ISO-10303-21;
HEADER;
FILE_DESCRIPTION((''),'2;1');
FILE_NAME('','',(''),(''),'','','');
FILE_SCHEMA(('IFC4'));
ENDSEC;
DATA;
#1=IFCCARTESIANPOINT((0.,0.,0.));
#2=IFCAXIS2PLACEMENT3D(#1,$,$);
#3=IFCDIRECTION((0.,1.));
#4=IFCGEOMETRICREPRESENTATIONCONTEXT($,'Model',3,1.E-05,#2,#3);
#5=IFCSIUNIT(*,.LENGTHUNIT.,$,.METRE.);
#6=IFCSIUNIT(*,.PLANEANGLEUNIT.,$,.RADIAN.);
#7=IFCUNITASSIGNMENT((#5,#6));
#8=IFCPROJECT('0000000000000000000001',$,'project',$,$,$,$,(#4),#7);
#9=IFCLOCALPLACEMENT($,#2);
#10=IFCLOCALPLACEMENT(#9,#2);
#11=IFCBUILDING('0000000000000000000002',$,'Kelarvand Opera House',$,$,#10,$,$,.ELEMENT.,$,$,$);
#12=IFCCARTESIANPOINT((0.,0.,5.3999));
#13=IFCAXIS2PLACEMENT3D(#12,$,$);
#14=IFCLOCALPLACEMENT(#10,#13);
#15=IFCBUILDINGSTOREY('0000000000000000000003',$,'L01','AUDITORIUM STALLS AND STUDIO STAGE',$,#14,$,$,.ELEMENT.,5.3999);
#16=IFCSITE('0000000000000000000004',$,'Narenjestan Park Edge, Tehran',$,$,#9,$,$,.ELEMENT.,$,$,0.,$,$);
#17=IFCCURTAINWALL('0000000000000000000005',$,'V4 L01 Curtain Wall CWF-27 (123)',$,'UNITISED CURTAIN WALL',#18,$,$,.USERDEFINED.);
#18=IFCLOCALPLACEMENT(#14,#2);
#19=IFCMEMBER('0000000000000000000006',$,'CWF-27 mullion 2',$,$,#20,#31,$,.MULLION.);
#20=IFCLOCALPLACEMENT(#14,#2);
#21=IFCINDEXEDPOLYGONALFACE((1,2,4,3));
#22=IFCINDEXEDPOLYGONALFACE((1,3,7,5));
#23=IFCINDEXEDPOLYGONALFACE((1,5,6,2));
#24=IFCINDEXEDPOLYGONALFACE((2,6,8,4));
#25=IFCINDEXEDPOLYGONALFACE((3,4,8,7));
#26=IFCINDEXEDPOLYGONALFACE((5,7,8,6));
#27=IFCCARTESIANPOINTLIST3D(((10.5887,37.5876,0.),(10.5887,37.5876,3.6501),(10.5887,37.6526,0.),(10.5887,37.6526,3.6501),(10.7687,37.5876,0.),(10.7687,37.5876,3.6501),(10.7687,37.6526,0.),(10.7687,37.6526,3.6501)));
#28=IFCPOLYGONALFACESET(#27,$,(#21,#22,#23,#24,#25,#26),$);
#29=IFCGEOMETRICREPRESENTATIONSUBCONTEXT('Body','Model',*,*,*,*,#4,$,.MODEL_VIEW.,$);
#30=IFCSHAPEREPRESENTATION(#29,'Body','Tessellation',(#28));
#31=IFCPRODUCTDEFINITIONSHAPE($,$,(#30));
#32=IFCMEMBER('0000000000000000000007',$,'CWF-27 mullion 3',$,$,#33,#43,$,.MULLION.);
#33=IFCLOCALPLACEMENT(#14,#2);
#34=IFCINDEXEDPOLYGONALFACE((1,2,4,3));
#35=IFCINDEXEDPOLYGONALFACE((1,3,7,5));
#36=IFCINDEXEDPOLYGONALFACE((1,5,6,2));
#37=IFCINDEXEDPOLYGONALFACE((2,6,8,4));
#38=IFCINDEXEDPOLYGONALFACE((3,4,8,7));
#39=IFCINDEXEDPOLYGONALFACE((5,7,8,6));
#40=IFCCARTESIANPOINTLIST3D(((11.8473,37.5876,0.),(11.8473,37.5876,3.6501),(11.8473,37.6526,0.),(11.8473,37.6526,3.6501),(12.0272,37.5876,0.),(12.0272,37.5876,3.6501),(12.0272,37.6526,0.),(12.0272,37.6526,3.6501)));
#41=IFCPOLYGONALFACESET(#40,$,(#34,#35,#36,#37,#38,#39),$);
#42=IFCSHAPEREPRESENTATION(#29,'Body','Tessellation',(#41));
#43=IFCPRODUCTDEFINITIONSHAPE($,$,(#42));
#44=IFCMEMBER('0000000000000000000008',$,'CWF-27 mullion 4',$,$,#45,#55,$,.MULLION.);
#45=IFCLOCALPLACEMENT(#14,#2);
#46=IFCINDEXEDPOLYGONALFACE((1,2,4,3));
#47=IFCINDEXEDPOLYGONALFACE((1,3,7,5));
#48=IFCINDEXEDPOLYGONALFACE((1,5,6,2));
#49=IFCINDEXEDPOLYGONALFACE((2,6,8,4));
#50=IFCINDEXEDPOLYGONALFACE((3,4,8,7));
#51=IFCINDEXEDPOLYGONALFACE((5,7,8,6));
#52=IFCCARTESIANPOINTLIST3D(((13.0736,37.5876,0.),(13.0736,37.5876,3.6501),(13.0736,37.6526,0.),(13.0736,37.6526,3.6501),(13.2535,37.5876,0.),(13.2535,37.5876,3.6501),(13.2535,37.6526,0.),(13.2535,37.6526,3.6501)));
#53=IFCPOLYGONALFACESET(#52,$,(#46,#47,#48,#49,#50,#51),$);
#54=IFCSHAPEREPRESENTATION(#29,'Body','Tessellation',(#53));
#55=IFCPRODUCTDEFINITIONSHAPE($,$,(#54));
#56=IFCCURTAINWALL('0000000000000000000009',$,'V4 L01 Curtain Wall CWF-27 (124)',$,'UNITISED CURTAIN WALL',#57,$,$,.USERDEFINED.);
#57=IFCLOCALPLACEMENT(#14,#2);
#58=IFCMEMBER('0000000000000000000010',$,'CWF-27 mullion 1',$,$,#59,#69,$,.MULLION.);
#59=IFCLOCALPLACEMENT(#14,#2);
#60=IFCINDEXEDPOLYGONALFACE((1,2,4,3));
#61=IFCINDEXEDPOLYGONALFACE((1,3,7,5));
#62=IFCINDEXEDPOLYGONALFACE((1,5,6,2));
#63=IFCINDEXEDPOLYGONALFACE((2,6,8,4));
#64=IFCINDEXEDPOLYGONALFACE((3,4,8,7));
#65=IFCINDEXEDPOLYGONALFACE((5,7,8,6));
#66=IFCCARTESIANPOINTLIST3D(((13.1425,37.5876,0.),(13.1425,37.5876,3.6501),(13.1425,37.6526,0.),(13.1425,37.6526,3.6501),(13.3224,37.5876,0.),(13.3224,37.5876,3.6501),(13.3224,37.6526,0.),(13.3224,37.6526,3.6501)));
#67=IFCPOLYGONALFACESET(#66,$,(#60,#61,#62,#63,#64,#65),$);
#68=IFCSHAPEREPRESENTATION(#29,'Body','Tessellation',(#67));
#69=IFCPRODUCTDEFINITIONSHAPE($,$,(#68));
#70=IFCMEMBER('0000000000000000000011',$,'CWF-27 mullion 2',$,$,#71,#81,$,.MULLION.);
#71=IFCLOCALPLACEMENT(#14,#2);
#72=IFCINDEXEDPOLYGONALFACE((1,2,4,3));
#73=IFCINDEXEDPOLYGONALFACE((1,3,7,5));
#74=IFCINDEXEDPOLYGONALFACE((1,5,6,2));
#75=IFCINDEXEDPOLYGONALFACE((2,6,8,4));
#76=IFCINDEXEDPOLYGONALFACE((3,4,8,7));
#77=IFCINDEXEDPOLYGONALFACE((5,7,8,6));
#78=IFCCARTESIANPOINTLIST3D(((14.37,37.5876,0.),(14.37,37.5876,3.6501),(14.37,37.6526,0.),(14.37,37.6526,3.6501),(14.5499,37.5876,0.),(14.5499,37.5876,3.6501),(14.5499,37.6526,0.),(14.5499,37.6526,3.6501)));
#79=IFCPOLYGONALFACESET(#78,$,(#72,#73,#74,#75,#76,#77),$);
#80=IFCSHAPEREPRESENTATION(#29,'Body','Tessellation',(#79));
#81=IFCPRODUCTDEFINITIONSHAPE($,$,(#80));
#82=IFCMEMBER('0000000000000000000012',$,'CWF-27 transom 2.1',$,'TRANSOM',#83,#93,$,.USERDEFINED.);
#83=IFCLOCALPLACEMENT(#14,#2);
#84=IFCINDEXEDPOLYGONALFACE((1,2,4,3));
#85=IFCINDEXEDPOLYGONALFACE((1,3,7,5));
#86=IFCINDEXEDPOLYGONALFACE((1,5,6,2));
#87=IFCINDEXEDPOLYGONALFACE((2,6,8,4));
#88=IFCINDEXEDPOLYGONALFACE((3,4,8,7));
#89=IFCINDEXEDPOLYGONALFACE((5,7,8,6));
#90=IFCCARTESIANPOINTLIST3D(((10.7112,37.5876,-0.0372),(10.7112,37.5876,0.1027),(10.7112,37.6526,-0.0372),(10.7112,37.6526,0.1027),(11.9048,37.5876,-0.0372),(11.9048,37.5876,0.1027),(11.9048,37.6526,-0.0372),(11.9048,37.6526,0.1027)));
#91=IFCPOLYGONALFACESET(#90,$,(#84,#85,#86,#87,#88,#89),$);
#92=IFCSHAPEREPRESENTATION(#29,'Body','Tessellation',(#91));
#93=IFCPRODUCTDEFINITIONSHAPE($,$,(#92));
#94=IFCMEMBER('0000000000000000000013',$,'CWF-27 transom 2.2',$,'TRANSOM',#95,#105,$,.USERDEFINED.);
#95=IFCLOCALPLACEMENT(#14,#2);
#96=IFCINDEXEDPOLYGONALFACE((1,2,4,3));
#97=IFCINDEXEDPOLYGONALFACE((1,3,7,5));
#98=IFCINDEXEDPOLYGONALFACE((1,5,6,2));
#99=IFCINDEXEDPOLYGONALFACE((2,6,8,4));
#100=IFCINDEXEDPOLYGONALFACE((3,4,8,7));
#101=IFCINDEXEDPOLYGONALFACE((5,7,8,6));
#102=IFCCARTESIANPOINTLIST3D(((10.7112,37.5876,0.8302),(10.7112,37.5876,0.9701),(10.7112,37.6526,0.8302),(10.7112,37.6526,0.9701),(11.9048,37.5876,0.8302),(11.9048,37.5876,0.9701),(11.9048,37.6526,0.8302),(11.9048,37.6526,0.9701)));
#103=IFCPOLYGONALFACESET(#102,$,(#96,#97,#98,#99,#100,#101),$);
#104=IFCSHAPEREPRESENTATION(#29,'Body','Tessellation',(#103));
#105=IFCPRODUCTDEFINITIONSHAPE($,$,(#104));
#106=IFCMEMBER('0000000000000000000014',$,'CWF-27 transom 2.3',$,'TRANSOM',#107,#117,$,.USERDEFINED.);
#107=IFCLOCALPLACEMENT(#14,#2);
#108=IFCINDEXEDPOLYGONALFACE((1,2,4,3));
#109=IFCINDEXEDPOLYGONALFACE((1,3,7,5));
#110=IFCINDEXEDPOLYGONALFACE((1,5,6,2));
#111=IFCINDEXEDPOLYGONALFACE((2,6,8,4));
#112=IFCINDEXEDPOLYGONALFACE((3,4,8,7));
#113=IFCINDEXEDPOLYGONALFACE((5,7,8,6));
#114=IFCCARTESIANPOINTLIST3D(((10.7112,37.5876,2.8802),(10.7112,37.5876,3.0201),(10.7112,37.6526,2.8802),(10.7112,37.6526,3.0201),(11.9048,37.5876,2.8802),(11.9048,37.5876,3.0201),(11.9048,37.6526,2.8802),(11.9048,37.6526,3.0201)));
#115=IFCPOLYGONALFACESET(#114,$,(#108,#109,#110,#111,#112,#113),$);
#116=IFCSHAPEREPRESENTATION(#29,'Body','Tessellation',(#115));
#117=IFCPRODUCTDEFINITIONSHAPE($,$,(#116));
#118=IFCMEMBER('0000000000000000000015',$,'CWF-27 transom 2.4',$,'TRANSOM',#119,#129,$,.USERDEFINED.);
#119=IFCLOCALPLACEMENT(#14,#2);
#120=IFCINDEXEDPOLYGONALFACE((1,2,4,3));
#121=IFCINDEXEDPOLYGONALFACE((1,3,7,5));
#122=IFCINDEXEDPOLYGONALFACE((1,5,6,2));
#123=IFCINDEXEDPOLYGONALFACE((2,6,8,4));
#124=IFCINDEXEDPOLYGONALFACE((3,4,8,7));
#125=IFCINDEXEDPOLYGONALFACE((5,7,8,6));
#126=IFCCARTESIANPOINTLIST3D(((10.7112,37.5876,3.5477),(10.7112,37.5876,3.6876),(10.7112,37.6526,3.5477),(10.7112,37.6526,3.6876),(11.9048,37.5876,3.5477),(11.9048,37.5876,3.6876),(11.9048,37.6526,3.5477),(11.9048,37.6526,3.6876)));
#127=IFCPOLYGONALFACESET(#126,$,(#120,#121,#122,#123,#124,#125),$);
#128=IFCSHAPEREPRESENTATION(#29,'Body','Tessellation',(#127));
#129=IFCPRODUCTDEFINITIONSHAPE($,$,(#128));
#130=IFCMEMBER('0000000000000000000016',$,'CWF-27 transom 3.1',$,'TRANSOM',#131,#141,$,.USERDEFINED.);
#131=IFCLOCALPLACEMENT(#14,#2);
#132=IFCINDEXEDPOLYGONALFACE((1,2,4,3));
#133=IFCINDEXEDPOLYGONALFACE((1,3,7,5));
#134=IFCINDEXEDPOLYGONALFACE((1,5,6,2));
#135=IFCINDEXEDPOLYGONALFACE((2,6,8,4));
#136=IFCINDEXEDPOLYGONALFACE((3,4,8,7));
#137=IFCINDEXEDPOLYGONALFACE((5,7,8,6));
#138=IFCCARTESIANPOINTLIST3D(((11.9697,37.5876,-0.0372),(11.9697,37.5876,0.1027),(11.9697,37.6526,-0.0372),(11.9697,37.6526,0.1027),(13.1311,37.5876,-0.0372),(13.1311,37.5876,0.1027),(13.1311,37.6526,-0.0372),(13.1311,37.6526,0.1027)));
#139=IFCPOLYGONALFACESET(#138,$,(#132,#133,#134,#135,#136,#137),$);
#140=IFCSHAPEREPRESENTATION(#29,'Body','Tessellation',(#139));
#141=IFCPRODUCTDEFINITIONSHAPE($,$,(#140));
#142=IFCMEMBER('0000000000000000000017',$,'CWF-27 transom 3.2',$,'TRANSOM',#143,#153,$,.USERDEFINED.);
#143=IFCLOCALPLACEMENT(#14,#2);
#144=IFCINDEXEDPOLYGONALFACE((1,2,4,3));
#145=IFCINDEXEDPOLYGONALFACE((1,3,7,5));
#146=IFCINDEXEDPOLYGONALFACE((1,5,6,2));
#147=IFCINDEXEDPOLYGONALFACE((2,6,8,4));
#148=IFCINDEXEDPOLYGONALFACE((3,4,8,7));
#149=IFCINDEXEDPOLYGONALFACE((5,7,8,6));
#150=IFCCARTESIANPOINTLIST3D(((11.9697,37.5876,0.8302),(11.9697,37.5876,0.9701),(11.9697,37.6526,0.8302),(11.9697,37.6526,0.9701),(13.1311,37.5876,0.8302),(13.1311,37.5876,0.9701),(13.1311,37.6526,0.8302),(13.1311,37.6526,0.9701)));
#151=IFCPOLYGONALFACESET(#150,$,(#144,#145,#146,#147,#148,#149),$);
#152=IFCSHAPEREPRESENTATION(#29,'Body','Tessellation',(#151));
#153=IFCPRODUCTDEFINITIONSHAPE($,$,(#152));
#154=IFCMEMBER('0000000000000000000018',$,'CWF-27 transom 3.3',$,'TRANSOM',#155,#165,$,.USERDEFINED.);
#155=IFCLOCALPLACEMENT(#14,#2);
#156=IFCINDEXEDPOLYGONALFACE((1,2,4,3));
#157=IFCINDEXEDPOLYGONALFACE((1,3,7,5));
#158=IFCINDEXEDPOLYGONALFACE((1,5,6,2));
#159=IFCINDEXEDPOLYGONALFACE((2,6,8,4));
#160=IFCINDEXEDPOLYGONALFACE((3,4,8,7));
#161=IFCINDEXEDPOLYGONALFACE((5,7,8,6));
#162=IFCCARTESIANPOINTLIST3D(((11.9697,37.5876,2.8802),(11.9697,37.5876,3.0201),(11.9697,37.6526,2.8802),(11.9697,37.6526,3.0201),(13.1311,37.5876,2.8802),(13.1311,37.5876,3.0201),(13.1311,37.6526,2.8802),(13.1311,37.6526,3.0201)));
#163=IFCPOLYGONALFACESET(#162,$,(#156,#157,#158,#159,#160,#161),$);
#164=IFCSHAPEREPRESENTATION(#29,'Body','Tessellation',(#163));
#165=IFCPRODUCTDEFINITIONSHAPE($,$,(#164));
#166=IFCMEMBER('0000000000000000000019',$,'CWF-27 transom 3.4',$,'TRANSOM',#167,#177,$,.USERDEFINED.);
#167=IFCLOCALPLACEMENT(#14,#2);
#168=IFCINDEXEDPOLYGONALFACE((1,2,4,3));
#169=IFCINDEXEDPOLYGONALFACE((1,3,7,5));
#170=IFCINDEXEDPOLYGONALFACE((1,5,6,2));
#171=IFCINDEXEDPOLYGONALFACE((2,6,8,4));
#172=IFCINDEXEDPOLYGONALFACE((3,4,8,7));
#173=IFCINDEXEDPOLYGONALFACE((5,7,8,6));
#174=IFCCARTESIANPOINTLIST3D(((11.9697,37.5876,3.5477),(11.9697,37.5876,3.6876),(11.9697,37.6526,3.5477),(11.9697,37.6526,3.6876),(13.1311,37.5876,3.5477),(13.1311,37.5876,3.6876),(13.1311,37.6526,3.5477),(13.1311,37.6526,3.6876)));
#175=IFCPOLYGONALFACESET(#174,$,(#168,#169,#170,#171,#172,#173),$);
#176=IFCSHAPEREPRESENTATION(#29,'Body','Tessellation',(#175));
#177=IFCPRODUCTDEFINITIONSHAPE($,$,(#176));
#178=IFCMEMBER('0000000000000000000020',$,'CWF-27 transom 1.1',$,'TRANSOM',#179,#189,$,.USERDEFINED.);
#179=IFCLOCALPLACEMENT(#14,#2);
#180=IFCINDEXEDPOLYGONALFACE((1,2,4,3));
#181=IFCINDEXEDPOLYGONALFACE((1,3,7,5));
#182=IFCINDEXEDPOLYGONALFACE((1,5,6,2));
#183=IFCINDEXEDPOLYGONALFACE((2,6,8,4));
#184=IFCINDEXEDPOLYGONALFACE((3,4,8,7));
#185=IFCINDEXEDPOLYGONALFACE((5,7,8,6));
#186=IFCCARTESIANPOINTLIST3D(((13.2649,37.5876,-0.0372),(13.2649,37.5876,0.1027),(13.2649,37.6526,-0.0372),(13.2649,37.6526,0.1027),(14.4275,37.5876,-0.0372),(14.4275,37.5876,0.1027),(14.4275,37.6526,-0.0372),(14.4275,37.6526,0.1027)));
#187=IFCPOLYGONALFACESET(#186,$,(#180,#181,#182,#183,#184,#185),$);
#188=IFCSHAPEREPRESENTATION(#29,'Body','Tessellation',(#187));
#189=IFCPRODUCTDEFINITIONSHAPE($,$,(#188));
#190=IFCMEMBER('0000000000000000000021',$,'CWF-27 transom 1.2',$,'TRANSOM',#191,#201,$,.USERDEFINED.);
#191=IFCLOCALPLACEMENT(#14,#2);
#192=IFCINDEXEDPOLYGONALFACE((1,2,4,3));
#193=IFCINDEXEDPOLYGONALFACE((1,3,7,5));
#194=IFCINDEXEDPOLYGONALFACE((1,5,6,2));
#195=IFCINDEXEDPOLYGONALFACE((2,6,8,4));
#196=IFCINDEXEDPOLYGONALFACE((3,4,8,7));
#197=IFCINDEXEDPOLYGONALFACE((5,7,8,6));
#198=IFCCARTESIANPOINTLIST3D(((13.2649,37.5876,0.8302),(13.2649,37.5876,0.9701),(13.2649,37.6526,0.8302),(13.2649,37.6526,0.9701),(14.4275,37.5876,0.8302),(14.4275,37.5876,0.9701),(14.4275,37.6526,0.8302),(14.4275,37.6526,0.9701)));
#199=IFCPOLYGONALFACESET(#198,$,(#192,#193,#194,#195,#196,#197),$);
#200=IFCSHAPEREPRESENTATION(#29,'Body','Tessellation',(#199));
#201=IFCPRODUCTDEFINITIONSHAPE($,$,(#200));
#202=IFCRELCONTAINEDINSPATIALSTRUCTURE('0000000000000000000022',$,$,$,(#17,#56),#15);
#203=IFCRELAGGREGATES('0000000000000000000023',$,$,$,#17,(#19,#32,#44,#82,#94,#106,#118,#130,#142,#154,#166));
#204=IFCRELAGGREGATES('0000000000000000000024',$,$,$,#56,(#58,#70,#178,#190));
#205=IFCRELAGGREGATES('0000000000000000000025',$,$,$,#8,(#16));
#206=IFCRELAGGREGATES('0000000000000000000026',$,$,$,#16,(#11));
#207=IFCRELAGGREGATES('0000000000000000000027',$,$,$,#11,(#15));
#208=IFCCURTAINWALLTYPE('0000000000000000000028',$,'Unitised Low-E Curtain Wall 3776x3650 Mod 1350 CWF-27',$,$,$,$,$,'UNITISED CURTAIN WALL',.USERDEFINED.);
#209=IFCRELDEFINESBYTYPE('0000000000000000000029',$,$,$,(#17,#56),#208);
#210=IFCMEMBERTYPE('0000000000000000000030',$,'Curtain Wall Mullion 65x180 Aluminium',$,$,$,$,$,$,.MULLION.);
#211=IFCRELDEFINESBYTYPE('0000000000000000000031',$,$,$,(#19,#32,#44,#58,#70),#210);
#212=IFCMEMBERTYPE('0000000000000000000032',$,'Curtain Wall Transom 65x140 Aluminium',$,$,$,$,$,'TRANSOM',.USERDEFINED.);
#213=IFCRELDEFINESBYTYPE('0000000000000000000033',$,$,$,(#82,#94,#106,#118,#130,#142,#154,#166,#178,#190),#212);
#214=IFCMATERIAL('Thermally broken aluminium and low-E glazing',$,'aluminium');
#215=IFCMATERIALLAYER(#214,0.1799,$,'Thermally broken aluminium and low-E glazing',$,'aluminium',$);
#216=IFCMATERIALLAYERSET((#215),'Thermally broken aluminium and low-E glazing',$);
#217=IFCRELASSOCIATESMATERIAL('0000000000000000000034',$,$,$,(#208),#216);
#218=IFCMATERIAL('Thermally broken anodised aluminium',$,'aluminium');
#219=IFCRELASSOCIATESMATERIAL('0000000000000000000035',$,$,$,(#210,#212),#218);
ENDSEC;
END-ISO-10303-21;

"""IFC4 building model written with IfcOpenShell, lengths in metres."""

from ifc_helpers import new_model, si_unit, direction, frame, origin, origin_2d, place, context, subcontext, project, spatial, rectangle, extrude, material, layer, layer_set, material_profile, profile_set, type_object, element, aggregate, save


model = new_model("IFC4")

# Units and contexts
model_context = context("Model", 3, precision=1e-05, world=origin(), true_north=direction((0.0, 1.0)))
body_context = subcontext(model_context, "Body", "Model", "MODEL_VIEW")
ifc_project = project(units=[si_unit("LENGTHUNIT", "METRE"), si_unit("PLANEANGLEUNIT", "RADIAN")], contexts=[model_context])

# Site, building, storey
site_placement = place(None, origin())
site = spatial("IfcSite", under=ifc_project, at=site_placement, Name="Narenjestan Park Edge, Tehran", CompositionType="ELEMENT", RefElevation=0.0)
building_placement = place(site_placement, origin())
building = spatial("IfcBuilding", under=site, at=building_placement, Name="Kelarvand Opera House", CompositionType="ELEMENT")
storey_placement = place(building_placement, frame((0.0, 0.0, 5.3999)))
storey = spatial("IfcBuildingStorey", under=building, at=storey_placement, Name="L01", Description="AUDITORIUM STALLS AND STUDIO STAGE", CompositionType="ELEMENT", Elevation=5.3999)

# Curtain walls, members
ifc_material_1 = material(Name="Thermally broken aluminium and low-E glazing", Category="aluminium")
ifc_layer_1 = layer(ifc_material_1, 0.1799, Name="Thermally broken aluminium and low-E glazing", Category="aluminium")
ifc_layer_set_1 = layer_set([ifc_layer_1], Name="Thermally broken aluminium and low-E glazing")
curtain_wall_type = type_object("IfcCurtainWallType", Name="Unitised Low-E Curtain Wall 3776x3650 Mod 1350 CWF-27", ElementType="UNITISED CURTAIN WALL", PredefinedType="USERDEFINED", material=ifc_layer_set_1)
curtain_wall_1_placement = place(storey_placement, origin())
curtain_wall_1 = element("IfcCurtainWall", 1, at=curtain_wall_1_placement, inside=storey, type_object=curtain_wall_type, Name="V4 L01 Curtain Wall CWF-27 (123)", ObjectType="UNITISED CURTAIN WALL", PredefinedType="USERDEFINED")
ifc_material_2 = material(Name="Thermally broken anodised aluminium", Category="aluminium")
ifc_material_profile_1 = material_profile(ifc_material_2, rectangle(XDim=0.0649, YDim=0.1799, at=origin_2d()), Name="ALU MULLION 65x180", Category="aluminium")
ifc_profile_set_1 = profile_set([ifc_material_profile_1], Name="Thermally broken anodised aluminium")
member_type_1 = type_object("IfcMemberType", Name="Curtain Wall Mullion 65x180 Aluminium", PredefinedType="MULLION", material=ifc_profile_set_1)
member_1_placement = place(storey_placement, frame((10.6787, 37.6201, 0.0), z_axis=(0.0, 0.0, 1.0), x_axis=(0.0, 1.0, 0.0)))
member_1 = element("IfcMember", 2, at=member_1_placement, type_object=member_type_1, Name="CWF-27 mullion 2", PredefinedType="MULLION", context=body_context, shape_type="SweptSolid", body=[
    extrude(rectangle(XDim=0.0649, YDim=0.1799, at=origin_2d()), origin(), (0.0, 0.0, 1.0), 3.6501),
])
member_2_placement = place(storey_placement, frame((11.9373, 37.6201, 0.0), z_axis=(0.0, 0.0, 1.0), x_axis=(0.0, 1.0, 0.0)))
member_2 = element("IfcMember", 3, at=member_2_placement, type_object=member_type_1, Name="CWF-27 mullion 3", PredefinedType="MULLION", context=body_context, shape_type="SweptSolid", body=[
    extrude(rectangle(XDim=0.0649, YDim=0.1799, at=origin_2d()), origin(), (0.0, 0.0, 1.0), 3.6501),
])
member_3_placement = place(storey_placement, frame((13.1636, 37.6201, 0.0), z_axis=(0.0, 0.0, 1.0), x_axis=(0.0, 1.0, 0.0)))
member_3 = element("IfcMember", 4, at=member_3_placement, type_object=member_type_1, Name="CWF-27 mullion 4", PredefinedType="MULLION", context=body_context, shape_type="SweptSolid", body=[
    extrude(rectangle(XDim=0.0649, YDim=0.1799, at=origin_2d()), origin(), (0.0, 0.0, 1.0), 3.6501),
])
curtain_wall_2_placement = place(storey_placement, origin())
curtain_wall_2 = element("IfcCurtainWall", 5, at=curtain_wall_2_placement, inside=storey, type_object=curtain_wall_type, Name="V4 L01 Curtain Wall CWF-27 (124)", ObjectType="UNITISED CURTAIN WALL", PredefinedType="USERDEFINED")
member_4_placement = place(storey_placement, frame((13.2324, 37.6201, 0.0), z_axis=(0.0, 0.0, 1.0), x_axis=(0.0, 1.0, 0.0)))
member_4 = element("IfcMember", 6, at=member_4_placement, type_object=member_type_1, Name="CWF-27 mullion 1", PredefinedType="MULLION", context=body_context, shape_type="SweptSolid", body=[
    extrude(rectangle(XDim=0.0649, YDim=0.1799, at=origin_2d()), origin(), (0.0, 0.0, 1.0), 3.6501),
])
member_5_placement = place(storey_placement, frame((14.46, 37.6201, 0.0), z_axis=(0.0, 0.0, 1.0), x_axis=(0.0, 1.0, 0.0)))
member_5 = element("IfcMember", 7, at=member_5_placement, type_object=member_type_1, Name="CWF-27 mullion 2", PredefinedType="MULLION", context=body_context, shape_type="SweptSolid", body=[
    extrude(rectangle(XDim=0.0649, YDim=0.1799, at=origin_2d()), origin(), (0.0, 0.0, 1.0), 3.6501),
])

# Members
ifc_material_profile_2 = material_profile(ifc_material_2, rectangle(XDim=0.0649, YDim=0.1399, at=origin_2d()), Name="ALU TRANSOM 65x140", Category="aluminium")
ifc_profile_set_2 = profile_set([ifc_material_profile_2], Name="Thermally broken anodised aluminium")
member_type_2 = type_object("IfcMemberType", Name="Curtain Wall Transom 65x140 Aluminium", ElementType="TRANSOM", PredefinedType="USERDEFINED", material=ifc_profile_set_2)
member_6_placement = place(storey_placement, frame((10.7112, 37.6201, 0.0327), z_axis=(1.0, 0.0, 0.0), x_axis=(0.0, 1.0, 0.0)))
member_6 = element("IfcMember", 8, at=member_6_placement, type_object=member_type_2, Name="CWF-27 transom 2.1", ObjectType="TRANSOM", PredefinedType="USERDEFINED", context=body_context, shape_type="SweptSolid", body=[
    extrude(rectangle(XDim=0.0649, YDim=0.1399, at=origin_2d()), origin(), (0.0, 0.0, 1.0), 1.1936),
])
member_7_placement = place(storey_placement, frame((10.7112, 37.6201, 0.9001), z_axis=(1.0, 0.0, 0.0), x_axis=(0.0, 1.0, 0.0)))
member_7 = element("IfcMember", 9, at=member_7_placement, type_object=member_type_2, Name="CWF-27 transom 2.2", ObjectType="TRANSOM", PredefinedType="USERDEFINED", context=body_context, shape_type="SweptSolid", body=[
    extrude(rectangle(XDim=0.0649, YDim=0.1399, at=origin_2d()), origin(), (0.0, 0.0, 1.0), 1.1936),
])
member_8_placement = place(storey_placement, frame((10.7112, 37.6201, 2.9502), z_axis=(1.0, 0.0, 0.0), x_axis=(0.0, 1.0, 0.0)))
member_8 = element("IfcMember", 10, at=member_8_placement, type_object=member_type_2, Name="CWF-27 transom 2.3", ObjectType="TRANSOM", PredefinedType="USERDEFINED", context=body_context, shape_type="SweptSolid", body=[
    extrude(rectangle(XDim=0.0649, YDim=0.1399, at=origin_2d()), origin(), (0.0, 0.0, 1.0), 1.1936),
])
member_9_placement = place(storey_placement, frame((10.7112, 37.6201, 3.6177), z_axis=(1.0, 0.0, 0.0), x_axis=(0.0, 1.0, 0.0)))
member_9 = element("IfcMember", 11, at=member_9_placement, type_object=member_type_2, Name="CWF-27 transom 2.4", ObjectType="TRANSOM", PredefinedType="USERDEFINED", context=body_context, shape_type="SweptSolid", body=[
    extrude(rectangle(XDim=0.0649, YDim=0.1399, at=origin_2d()), origin(), (0.0, 0.0, 1.0), 1.1936),
])
member_10_placement = place(storey_placement, frame((11.9697, 37.6201, 0.0327), z_axis=(1.0, 0.0, 0.0), x_axis=(0.0, 1.0, 0.0)))
member_10 = element("IfcMember", 12, at=member_10_placement, type_object=member_type_2, Name="CWF-27 transom 3.1", ObjectType="TRANSOM", PredefinedType="USERDEFINED", context=body_context, shape_type="SweptSolid", body=[
    extrude(rectangle(XDim=0.0649, YDim=0.1399, at=origin_2d()), origin(), (0.0, 0.0, 1.0), 1.1614),
])
member_11_placement = place(storey_placement, frame((11.9697, 37.6201, 0.9001), z_axis=(1.0, 0.0, 0.0), x_axis=(0.0, 1.0, 0.0)))
member_11 = element("IfcMember", 13, at=member_11_placement, type_object=member_type_2, Name="CWF-27 transom 3.2", ObjectType="TRANSOM", PredefinedType="USERDEFINED", context=body_context, shape_type="SweptSolid", body=[
    extrude(rectangle(XDim=0.0649, YDim=0.1399, at=origin_2d()), origin(), (0.0, 0.0, 1.0), 1.1614),
])
member_12_placement = place(storey_placement, frame((11.9697, 37.6201, 2.9502), z_axis=(1.0, 0.0, 0.0), x_axis=(0.0, 1.0, 0.0)))
member_12 = element("IfcMember", 14, at=member_12_placement, type_object=member_type_2, Name="CWF-27 transom 3.3", ObjectType="TRANSOM", PredefinedType="USERDEFINED", context=body_context, shape_type="SweptSolid", body=[
    extrude(rectangle(XDim=0.0649, YDim=0.1399, at=origin_2d()), origin(), (0.0, 0.0, 1.0), 1.1614),
])
member_13_placement = place(storey_placement, frame((11.9697, 37.6201, 3.6177), z_axis=(1.0, 0.0, 0.0), x_axis=(0.0, 1.0, 0.0)))
member_13 = element("IfcMember", 15, at=member_13_placement, type_object=member_type_2, Name="CWF-27 transom 3.4", ObjectType="TRANSOM", PredefinedType="USERDEFINED", context=body_context, shape_type="SweptSolid", body=[
    extrude(rectangle(XDim=0.0649, YDim=0.1399, at=origin_2d()), origin(), (0.0, 0.0, 1.0), 1.1614),
])
member_14_placement = place(storey_placement, frame((13.2649, 37.6201, 0.0327), z_axis=(1.0, 0.0, 0.0), x_axis=(0.0, 1.0, 0.0)))
member_14 = element("IfcMember", 16, at=member_14_placement, type_object=member_type_2, Name="CWF-27 transom 1.1", ObjectType="TRANSOM", PredefinedType="USERDEFINED", context=body_context, shape_type="SweptSolid", body=[
    extrude(rectangle(XDim=0.0649, YDim=0.1399, at=origin_2d()), origin(), (0.0, 0.0, 1.0), 1.1626),
])
member_15_placement = place(storey_placement, frame((13.2649, 37.6201, 0.9001), z_axis=(1.0, 0.0, 0.0), x_axis=(0.0, 1.0, 0.0)))
member_15 = element("IfcMember", 17, at=member_15_placement, type_object=member_type_2, Name="CWF-27 transom 1.2", ObjectType="TRANSOM", PredefinedType="USERDEFINED", context=body_context, shape_type="SweptSolid", body=[
    extrude(rectangle(XDim=0.0649, YDim=0.1399, at=origin_2d()), origin(), (0.0, 0.0, 1.0), 1.1626),
])

aggregate(curtain_wall_1, [member_1, member_2, member_3, member_6, member_7, member_8, member_9, member_10, member_11, member_12, member_13])
aggregate(curtain_wall_2, [member_4, member_5, member_14, member_15])

save(model, "model.ifc")
